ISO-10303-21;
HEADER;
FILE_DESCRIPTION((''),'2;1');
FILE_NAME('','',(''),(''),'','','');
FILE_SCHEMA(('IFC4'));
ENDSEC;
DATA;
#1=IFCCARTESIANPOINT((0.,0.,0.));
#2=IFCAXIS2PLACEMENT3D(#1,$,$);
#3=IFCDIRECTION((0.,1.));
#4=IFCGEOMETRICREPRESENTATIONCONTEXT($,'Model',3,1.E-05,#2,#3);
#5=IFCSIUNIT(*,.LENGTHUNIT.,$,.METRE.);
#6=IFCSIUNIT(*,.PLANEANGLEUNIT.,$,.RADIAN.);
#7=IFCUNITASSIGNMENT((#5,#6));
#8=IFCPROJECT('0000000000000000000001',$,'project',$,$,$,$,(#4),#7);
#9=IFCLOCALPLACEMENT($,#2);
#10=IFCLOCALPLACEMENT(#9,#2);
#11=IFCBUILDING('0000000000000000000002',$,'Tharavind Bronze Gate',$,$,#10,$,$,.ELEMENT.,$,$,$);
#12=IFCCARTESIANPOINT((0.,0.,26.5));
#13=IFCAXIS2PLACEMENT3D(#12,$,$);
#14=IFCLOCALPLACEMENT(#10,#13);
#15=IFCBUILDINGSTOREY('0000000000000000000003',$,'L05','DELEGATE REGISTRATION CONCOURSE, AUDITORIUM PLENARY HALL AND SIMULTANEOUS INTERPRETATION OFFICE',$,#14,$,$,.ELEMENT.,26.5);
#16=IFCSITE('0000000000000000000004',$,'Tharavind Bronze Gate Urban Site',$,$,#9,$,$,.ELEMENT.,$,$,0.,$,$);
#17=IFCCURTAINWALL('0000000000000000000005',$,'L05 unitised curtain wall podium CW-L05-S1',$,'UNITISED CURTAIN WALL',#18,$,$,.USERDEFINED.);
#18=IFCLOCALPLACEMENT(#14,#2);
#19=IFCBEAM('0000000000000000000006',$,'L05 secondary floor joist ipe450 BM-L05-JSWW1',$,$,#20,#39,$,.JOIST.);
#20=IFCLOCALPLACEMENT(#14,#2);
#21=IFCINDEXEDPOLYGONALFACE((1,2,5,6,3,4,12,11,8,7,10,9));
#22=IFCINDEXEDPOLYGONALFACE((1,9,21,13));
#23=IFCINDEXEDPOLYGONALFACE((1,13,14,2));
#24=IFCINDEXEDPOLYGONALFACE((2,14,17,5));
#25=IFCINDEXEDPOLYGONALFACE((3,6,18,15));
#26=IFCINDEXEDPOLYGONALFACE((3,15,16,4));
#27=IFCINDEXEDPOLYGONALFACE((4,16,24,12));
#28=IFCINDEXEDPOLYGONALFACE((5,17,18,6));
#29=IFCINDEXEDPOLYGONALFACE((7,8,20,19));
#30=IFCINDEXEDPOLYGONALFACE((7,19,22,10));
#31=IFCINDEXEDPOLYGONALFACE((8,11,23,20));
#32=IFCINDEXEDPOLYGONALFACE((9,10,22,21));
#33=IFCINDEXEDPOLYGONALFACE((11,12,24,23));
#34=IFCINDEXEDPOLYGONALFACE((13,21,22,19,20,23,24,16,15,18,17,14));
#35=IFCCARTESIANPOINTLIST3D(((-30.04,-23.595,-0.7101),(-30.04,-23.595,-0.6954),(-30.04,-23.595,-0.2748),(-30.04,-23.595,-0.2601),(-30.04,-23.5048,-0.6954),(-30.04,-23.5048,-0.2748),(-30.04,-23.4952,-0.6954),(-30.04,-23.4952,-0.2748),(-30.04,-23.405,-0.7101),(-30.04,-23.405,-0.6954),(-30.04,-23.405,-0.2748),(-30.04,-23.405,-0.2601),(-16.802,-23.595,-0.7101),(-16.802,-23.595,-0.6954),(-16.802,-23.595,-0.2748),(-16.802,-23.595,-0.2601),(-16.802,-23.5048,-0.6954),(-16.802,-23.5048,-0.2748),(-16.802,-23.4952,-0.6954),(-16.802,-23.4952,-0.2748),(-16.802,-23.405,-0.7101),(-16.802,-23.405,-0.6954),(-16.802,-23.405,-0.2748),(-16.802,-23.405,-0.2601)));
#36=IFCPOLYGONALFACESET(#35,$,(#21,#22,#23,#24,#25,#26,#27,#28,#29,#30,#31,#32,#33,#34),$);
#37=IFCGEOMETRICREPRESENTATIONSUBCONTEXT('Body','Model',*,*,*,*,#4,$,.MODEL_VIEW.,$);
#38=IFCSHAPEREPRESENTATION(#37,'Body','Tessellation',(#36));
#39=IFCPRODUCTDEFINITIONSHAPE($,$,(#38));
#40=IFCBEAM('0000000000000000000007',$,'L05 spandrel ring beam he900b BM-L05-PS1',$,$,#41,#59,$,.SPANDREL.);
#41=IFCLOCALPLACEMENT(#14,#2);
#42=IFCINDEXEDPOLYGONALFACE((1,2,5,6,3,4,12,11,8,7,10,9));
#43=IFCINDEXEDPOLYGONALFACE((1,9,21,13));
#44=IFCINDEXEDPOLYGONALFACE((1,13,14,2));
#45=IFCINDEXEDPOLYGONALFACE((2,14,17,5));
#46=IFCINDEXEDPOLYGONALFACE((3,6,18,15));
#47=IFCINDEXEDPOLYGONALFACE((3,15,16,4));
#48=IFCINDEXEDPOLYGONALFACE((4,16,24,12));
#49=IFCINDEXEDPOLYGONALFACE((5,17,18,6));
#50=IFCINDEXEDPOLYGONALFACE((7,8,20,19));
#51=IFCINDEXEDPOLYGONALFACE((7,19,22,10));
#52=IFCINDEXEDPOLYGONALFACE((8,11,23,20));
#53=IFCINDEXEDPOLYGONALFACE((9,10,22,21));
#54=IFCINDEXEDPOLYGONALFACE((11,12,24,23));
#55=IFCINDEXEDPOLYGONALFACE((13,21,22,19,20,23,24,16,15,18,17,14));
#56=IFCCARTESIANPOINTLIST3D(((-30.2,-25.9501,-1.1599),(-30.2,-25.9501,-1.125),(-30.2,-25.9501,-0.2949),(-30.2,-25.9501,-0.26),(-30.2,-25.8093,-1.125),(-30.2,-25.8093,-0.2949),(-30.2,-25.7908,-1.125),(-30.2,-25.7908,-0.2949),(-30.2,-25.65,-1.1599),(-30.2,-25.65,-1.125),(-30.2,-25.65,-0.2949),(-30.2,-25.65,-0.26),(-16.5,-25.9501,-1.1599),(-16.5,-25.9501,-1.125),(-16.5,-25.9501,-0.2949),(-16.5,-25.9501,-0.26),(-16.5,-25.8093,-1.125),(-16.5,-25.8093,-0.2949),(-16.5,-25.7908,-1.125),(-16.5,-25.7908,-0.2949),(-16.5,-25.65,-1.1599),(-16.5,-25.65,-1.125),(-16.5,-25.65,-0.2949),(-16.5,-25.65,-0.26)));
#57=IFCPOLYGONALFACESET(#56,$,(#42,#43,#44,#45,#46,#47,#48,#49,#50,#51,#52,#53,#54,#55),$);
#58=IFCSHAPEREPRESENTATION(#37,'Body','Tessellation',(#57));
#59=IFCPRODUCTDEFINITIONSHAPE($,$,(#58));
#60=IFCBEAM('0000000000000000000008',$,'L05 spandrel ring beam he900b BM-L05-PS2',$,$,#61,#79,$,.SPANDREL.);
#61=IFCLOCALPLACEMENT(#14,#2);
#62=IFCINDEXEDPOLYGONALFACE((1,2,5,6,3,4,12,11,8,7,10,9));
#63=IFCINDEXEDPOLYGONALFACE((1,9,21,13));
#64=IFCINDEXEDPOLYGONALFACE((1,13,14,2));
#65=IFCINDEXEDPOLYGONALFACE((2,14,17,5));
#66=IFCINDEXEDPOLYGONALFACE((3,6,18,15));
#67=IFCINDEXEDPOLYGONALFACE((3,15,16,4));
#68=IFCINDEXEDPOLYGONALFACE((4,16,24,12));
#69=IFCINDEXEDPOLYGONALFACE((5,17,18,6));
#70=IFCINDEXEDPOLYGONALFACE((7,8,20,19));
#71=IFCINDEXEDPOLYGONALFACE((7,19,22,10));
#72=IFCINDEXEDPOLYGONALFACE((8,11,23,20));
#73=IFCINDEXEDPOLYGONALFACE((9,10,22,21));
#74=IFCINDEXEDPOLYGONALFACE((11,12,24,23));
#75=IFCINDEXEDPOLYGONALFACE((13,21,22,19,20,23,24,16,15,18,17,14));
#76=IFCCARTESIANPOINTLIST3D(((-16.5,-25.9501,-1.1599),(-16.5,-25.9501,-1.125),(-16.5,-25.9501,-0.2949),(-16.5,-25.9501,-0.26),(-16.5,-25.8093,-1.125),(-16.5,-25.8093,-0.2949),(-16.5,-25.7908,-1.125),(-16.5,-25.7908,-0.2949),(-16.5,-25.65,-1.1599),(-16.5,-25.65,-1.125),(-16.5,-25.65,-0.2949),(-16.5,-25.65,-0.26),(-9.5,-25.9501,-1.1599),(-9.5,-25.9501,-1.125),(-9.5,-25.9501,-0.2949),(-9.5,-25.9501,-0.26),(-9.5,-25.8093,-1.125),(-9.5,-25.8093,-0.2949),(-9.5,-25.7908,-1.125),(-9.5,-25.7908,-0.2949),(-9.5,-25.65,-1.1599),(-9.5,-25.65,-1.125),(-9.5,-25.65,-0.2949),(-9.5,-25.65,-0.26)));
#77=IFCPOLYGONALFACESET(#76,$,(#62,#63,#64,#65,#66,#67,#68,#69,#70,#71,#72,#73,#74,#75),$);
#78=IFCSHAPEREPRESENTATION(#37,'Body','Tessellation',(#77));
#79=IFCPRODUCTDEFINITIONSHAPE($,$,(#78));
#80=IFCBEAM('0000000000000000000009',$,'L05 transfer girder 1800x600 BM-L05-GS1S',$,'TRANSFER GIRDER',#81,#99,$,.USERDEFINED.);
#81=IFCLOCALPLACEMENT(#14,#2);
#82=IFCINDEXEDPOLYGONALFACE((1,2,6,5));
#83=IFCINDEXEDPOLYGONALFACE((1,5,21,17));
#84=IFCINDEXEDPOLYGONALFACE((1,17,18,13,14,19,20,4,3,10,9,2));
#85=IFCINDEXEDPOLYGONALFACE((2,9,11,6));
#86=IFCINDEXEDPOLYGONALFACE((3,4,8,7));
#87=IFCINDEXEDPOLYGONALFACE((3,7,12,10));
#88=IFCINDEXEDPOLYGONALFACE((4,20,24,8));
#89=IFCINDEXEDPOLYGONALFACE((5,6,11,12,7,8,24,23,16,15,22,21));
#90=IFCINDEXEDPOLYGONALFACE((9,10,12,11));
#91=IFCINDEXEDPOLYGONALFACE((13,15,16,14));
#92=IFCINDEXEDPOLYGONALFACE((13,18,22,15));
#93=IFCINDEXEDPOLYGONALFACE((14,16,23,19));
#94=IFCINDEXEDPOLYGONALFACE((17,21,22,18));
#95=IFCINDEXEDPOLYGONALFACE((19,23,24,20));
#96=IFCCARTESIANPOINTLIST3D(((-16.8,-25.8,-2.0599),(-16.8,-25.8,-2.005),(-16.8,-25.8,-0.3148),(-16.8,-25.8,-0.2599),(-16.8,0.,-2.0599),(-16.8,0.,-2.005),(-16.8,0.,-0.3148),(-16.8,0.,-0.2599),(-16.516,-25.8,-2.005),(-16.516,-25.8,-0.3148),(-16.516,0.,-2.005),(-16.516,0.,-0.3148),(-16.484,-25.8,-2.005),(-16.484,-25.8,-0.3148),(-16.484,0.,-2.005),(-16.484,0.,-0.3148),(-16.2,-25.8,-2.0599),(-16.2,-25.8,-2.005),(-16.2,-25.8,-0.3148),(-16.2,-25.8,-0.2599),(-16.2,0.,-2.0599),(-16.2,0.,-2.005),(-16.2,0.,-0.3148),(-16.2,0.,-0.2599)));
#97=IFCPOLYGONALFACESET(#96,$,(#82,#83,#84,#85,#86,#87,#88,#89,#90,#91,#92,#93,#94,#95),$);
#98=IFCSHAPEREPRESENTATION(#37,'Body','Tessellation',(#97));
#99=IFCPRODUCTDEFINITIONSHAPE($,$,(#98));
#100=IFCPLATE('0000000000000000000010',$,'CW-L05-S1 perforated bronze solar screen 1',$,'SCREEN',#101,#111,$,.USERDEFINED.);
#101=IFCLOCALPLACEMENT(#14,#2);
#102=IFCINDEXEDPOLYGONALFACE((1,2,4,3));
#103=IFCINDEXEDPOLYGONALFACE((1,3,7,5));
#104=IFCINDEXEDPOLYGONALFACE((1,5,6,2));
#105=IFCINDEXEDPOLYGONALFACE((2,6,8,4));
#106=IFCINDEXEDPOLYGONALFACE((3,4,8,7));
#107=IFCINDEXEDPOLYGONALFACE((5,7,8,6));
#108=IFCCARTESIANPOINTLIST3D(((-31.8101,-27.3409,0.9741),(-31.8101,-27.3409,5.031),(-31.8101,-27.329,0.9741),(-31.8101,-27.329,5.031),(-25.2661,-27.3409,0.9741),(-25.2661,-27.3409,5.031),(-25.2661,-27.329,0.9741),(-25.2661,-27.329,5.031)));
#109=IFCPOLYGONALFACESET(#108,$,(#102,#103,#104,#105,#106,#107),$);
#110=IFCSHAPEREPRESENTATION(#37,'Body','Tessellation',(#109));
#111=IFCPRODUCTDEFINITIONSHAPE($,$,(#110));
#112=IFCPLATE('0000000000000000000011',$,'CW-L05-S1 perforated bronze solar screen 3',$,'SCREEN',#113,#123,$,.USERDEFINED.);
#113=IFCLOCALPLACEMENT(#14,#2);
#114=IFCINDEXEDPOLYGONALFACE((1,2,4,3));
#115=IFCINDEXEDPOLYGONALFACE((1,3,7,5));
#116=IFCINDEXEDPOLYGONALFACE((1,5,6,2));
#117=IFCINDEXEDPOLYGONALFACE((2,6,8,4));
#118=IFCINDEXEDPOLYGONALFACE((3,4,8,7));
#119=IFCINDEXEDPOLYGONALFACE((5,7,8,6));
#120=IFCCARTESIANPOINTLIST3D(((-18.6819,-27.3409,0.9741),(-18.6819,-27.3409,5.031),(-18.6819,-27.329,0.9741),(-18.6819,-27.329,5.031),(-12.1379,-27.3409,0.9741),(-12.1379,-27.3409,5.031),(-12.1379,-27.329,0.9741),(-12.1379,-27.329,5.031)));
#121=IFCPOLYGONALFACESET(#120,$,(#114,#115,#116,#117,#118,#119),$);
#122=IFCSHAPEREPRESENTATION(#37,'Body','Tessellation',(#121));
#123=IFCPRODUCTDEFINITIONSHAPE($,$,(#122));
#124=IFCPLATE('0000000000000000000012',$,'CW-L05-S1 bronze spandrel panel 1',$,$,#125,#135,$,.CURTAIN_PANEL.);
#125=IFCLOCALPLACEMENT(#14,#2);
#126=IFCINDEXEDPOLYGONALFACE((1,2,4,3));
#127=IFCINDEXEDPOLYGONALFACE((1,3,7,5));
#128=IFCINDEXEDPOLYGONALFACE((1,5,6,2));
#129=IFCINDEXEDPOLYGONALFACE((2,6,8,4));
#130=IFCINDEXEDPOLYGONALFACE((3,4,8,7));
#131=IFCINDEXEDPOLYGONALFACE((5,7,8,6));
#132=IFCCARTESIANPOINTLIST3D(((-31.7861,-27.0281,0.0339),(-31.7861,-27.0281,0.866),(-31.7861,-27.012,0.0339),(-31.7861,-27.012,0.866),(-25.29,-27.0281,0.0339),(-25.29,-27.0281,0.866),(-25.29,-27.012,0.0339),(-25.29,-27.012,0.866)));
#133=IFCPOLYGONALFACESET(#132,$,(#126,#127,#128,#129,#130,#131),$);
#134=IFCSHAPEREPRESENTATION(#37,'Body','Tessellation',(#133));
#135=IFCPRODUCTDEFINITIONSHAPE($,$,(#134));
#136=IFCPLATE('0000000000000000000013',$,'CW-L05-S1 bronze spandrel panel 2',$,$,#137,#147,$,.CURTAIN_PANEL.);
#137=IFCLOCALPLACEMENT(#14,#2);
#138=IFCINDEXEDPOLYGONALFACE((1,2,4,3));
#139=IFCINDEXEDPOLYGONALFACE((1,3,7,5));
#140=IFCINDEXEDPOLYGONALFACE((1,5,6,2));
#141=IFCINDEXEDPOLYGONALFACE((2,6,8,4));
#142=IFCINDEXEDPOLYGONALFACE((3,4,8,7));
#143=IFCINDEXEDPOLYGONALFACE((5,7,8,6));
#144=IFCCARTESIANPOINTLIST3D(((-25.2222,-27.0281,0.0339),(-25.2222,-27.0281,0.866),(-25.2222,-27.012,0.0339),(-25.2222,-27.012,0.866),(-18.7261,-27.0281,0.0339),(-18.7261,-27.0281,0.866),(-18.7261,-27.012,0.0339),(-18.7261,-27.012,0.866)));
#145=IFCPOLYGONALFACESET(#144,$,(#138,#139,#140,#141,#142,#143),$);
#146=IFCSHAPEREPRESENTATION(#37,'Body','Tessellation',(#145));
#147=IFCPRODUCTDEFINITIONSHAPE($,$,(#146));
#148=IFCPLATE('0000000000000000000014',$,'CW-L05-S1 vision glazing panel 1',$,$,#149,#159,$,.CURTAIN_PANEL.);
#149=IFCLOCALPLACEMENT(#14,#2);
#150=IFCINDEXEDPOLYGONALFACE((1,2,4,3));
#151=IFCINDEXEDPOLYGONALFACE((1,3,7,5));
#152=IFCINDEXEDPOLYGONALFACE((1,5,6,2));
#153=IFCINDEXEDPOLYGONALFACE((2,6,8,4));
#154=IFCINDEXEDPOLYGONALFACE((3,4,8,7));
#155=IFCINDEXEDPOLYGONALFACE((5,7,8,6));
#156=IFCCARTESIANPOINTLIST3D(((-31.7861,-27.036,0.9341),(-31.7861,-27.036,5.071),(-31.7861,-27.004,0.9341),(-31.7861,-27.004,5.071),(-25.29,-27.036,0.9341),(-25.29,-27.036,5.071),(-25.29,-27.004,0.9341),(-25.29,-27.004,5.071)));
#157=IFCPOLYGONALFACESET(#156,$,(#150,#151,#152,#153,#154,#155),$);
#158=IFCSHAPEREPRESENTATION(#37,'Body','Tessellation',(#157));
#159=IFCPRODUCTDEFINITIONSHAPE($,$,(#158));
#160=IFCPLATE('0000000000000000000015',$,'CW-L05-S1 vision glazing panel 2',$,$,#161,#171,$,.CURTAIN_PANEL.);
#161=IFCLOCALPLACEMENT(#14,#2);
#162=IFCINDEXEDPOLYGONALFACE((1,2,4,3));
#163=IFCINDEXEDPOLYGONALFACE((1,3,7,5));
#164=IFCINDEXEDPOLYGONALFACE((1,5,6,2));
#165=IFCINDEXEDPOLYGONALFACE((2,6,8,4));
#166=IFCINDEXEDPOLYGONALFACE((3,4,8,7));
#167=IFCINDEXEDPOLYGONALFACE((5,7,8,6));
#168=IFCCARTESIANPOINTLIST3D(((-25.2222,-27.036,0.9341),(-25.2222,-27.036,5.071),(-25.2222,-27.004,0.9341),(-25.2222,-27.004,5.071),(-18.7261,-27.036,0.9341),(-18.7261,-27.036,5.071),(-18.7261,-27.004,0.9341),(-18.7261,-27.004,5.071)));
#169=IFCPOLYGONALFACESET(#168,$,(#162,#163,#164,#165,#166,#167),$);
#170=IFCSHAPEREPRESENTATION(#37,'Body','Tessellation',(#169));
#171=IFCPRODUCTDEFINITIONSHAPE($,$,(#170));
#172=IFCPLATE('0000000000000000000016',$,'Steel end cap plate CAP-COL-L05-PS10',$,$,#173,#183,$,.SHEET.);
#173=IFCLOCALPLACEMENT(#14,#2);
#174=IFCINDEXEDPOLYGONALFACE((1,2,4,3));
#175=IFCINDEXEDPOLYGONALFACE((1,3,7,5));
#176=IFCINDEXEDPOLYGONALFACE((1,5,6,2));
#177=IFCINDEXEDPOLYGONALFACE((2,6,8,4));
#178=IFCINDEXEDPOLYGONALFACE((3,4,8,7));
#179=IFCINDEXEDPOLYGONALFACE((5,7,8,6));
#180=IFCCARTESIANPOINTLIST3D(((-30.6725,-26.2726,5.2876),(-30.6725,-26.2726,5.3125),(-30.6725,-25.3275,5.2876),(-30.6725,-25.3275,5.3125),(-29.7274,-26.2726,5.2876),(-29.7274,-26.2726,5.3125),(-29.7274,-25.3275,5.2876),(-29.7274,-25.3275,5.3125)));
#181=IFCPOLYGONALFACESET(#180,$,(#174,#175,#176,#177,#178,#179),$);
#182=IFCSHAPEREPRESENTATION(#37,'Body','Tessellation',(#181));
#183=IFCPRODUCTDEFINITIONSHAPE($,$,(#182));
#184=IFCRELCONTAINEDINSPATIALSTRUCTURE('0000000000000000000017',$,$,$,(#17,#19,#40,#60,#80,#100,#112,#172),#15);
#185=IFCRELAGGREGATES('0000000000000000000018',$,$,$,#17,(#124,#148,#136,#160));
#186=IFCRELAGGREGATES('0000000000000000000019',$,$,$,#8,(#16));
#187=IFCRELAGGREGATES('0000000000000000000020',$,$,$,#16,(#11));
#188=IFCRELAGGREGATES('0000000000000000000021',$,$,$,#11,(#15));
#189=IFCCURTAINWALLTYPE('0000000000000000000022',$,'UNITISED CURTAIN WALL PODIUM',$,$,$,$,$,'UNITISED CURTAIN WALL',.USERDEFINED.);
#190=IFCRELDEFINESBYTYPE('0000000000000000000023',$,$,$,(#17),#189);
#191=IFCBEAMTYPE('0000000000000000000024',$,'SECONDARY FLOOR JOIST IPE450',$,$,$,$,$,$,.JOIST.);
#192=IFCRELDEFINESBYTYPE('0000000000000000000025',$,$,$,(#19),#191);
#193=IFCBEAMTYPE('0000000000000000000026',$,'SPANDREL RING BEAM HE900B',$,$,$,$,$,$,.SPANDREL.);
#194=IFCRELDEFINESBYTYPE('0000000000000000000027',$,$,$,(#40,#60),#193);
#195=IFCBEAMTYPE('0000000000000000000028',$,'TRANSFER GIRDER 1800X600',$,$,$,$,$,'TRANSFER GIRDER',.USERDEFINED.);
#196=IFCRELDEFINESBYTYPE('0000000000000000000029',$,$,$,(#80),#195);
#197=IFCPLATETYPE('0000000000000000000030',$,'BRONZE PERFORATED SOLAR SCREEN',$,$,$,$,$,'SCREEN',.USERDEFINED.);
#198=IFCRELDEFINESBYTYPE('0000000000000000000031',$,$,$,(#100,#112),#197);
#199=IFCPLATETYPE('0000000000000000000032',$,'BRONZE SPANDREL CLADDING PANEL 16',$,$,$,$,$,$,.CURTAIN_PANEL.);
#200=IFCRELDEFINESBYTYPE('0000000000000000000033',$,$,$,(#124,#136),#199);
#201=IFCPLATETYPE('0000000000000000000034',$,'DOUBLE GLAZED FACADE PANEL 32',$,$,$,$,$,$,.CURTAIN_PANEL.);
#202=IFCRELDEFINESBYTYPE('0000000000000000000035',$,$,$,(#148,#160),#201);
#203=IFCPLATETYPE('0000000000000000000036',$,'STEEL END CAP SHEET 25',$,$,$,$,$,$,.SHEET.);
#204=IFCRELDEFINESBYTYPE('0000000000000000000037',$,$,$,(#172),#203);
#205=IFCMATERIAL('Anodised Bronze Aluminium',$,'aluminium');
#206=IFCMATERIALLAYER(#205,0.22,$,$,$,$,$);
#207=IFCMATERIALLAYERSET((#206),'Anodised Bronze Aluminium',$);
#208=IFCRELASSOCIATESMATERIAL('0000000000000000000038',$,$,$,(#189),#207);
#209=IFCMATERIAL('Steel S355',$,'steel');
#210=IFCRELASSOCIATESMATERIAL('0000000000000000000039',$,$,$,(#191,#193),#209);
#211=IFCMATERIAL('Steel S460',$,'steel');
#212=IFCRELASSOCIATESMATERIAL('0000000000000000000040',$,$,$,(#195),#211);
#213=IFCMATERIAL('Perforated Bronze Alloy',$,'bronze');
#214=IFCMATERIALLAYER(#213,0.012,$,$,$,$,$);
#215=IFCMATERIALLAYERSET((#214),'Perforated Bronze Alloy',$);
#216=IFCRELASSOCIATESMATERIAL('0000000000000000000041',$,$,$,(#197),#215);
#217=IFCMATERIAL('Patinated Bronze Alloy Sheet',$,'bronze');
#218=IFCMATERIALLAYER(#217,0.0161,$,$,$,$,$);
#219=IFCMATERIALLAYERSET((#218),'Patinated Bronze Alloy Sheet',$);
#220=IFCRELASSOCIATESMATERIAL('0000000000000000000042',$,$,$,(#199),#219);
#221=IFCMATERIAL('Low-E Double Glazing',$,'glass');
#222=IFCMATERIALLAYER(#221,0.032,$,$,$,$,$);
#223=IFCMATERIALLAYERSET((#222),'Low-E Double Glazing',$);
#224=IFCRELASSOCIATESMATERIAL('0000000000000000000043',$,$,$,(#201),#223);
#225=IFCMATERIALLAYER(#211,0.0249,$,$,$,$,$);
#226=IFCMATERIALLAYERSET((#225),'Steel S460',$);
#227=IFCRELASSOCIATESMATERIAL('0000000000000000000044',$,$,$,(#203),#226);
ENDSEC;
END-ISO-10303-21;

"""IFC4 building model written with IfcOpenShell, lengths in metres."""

from ifc_helpers import new_model, si_unit, direction, frame, origin, origin_2d, place, context, subcontext, project, spatial, rectangle, i_section, extrude, material, layer, layer_set, material_profile, profile_set, type_object, element, aggregate, save


model = new_model("IFC4")

# Units and contexts
model_context = context("Model", 3, precision=1e-05, world=origin(), true_north=direction((0.0, 1.0)))
body_context = subcontext(model_context, "Body", "Model", "MODEL_VIEW")
ifc_project = project(units=[si_unit("LENGTHUNIT", "METRE"), si_unit("PLANEANGLEUNIT", "RADIAN")], contexts=[model_context])

# Site, building, storey
site_placement = place(None, origin())
site = spatial("IfcSite", under=ifc_project, at=site_placement, Name="Tharavind Bronze Gate Urban Site", CompositionType="ELEMENT", RefElevation=0.0)
building_placement = place(site_placement, origin())
building = spatial("IfcBuilding", under=site, at=building_placement, Name="Tharavind Bronze Gate", CompositionType="ELEMENT")
storey_placement = place(building_placement, frame((0.0, 0.0, 26.5)))
storey = spatial("IfcBuildingStorey", under=building, at=storey_placement, Name="L05", Description="DELEGATE REGISTRATION CONCOURSE, AUDITORIUM PLENARY HALL AND SIMULTANEOUS INTERPRETATION OFFICE", CompositionType="ELEMENT", Elevation=26.5)

# Shared definitions
ifc_material_1 = material(Name="Steel S460", Category="steel")

# Curtain wall
ifc_material_2 = material(Name="Anodised Bronze Aluminium", Category="aluminium")
ifc_layer_1 = layer(ifc_material_2, 0.22)
ifc_layer_set_1 = layer_set([ifc_layer_1], Name="Anodised Bronze Aluminium")
curtain_wall_type = type_object("IfcCurtainWallType", Name="UNITISED CURTAIN WALL PODIUM", ElementType="UNITISED CURTAIN WALL", PredefinedType="USERDEFINED", material=ifc_layer_set_1)
curtain_wall_placement = place(storey_placement, origin())
curtain_wall = element("IfcCurtainWall", 1, at=curtain_wall_placement, inside=storey, type_object=curtain_wall_type, Name="L05 unitised curtain wall podium CW-L05-S1", ObjectType="UNITISED CURTAIN WALL", PredefinedType="USERDEFINED")

# Beams
ifc_material_3 = material(Name="Steel S355", Category="steel")
ifc_material_profile_1 = material_profile(ifc_material_3, i_section(OverallWidth=0.1899, OverallDepth=0.45, WebThickness=0.0095, FlangeThickness=0.0146, at=origin_2d()), Name="IPE450")
ifc_profile_set_1 = profile_set([ifc_material_profile_1], Name="Steel S355")
beam_type_1 = type_object("IfcBeamType", Name="SECONDARY FLOOR JOIST IPE450", PredefinedType="JOIST", material=ifc_profile_set_1)
beam_1_placement = place(storey_placement, frame((-30.04, -23.5, -0.4851), z_axis=(1.0, 0.0, 0.0), x_axis=(0.0, 1.0, 0.0)))
element("IfcBeam", 2, at=beam_1_placement, inside=storey, type_object=beam_type_1, Name="L05 secondary floor joist ipe450 BM-L05-JSWW1", PredefinedType="JOIST", context=body_context, shape_type="SweptSolid", body=[
    extrude(i_section(OverallWidth=0.1899, OverallDepth=0.45, WebThickness=0.0095, FlangeThickness=0.0146, at=origin_2d()), origin(), (0.0, 0.0, 1.0), 13.238),
])
ifc_material_profile_2 = material_profile(ifc_material_3, i_section(OverallWidth=0.3, OverallDepth=0.8999, WebThickness=0.0186, FlangeThickness=0.0349, at=origin_2d()), Name="HE900B")
ifc_profile_set_2 = profile_set([ifc_material_profile_2], Name="Steel S355")
beam_type_2 = type_object("IfcBeamType", Name="SPANDREL RING BEAM HE900B", PredefinedType="SPANDREL", material=ifc_profile_set_2)
beam_2_placement = place(storey_placement, frame((-30.2, -25.8, -0.71), z_axis=(1.0, 0.0, 0.0), x_axis=(0.0, 1.0, 0.0)))
element("IfcBeam", 3, at=beam_2_placement, inside=storey, type_object=beam_type_2, Name="L05 spandrel ring beam he900b BM-L05-PS1", PredefinedType="SPANDREL", context=body_context, shape_type="SweptSolid", body=[
    extrude(i_section(OverallWidth=0.3, OverallDepth=0.8999, WebThickness=0.0186, FlangeThickness=0.0349, at=origin_2d()), origin(), (0.0, 0.0, 1.0), 13.7),
])
beam_3_placement = place(storey_placement, frame((-16.5, -25.8, -0.71), z_axis=(1.0, 0.0, 0.0), x_axis=(0.0, 1.0, 0.0)))
element("IfcBeam", 4, at=beam_3_placement, inside=storey, type_object=beam_type_2, Name="L05 spandrel ring beam he900b BM-L05-PS2", PredefinedType="SPANDREL", context=body_context, shape_type="SweptSolid", body=[
    extrude(i_section(OverallWidth=0.3, OverallDepth=0.8999, WebThickness=0.0186, FlangeThickness=0.0349, at=origin_2d()), origin(), (0.0, 0.0, 1.0), 7.0),
])
ifc_material_profile_3 = material_profile(ifc_material_1, i_section(OverallWidth=0.6001, OverallDepth=1.8, WebThickness=0.032, FlangeThickness=0.0549, at=origin_2d()), Name="PG1800X600")
ifc_profile_set_3 = profile_set([ifc_material_profile_3], Name="Steel S460")
beam_type_3 = type_object("IfcBeamType", Name="TRANSFER GIRDER 1800X600", ElementType="TRANSFER GIRDER", PredefinedType="USERDEFINED", material=ifc_profile_set_3)
beam_4_placement = place(storey_placement, frame((-16.5, -25.8, -1.1599), z_axis=(0.0, 1.0, 0.0), x_axis=(-1.0, 0.0, 0.0)))
element("IfcBeam", 5, at=beam_4_placement, inside=storey, type_object=beam_type_3, Name="L05 transfer girder 1800x600 BM-L05-GS1S", ObjectType="TRANSFER GIRDER", PredefinedType="USERDEFINED", context=body_context, shape_type="SweptSolid", body=[
    extrude(i_section(OverallWidth=0.6001, OverallDepth=1.8, WebThickness=0.032, FlangeThickness=0.0549, at=origin_2d()), origin(), (0.0, 0.0, 1.0), 25.8),
])

# Plates
ifc_material_4 = material(Name="Perforated Bronze Alloy", Category="bronze")
ifc_layer_2 = layer(ifc_material_4, 0.012)
ifc_layer_set_2 = layer_set([ifc_layer_2], Name="Perforated Bronze Alloy")
plate_type_1 = type_object("IfcPlateType", Name="BRONZE PERFORATED SOLAR SCREEN", ElementType="SCREEN", PredefinedType="USERDEFINED", material=ifc_layer_set_2)
for number, where, z_axis, x_axis, name in (
    (6, (-28.5381, -27.335, 0.9741), (0.0, 0.0, 1.0), (1.0, 0.0, 0.0), "CW-L05-S1 perforated bronze solar screen 1"),
    (7, (-15.4099, -27.335, 0.9741), (0.0, 0.0, 1.0), (1.0, 0.0, 0.0), "CW-L05-S1 perforated bronze solar screen 3"),
):
    element("IfcPlate", number, at=place(storey_placement, frame(where, z_axis=z_axis, x_axis=x_axis)), inside=storey, type_object=plate_type_1, Name=name, ObjectType="SCREEN", PredefinedType="USERDEFINED", context=body_context, shape_type="SweptSolid", body=[
        extrude(rectangle(XDim=6.5439, YDim=0.012, at=origin_2d()), origin(), (0.0, 0.0, 1.0), 4.0569),
    ])

# Plates
ifc_material_5 = material(Name="Patinated Bronze Alloy Sheet", Category="bronze")
ifc_layer_3 = layer(ifc_material_5, 0.0161)
ifc_layer_set_3 = layer_set([ifc_layer_3], Name="Patinated Bronze Alloy Sheet")
plate_type_2 = type_object("IfcPlateType", Name="BRONZE SPANDREL CLADDING PANEL 16", PredefinedType="CURTAIN_PANEL", material=ifc_layer_set_3)
plate_1_placement = place(storey_placement, frame((-28.5381, -27.02, 0.0339), z_axis=(0.0, 0.0, 1.0), x_axis=(1.0, 0.0, 0.0)))
plate_1 = element("IfcPlate", 8, at=plate_1_placement, type_object=plate_type_2, Name="CW-L05-S1 bronze spandrel panel 1", PredefinedType="CURTAIN_PANEL", context=body_context, shape_type="SweptSolid", body=[
    extrude(rectangle(XDim=6.4961, YDim=0.0161, at=origin_2d()), origin(), (0.0, 0.0, 1.0), 0.832),
])
plate_2_placement = place(storey_placement, frame((-21.9741, -27.02, 0.0339), z_axis=(0.0, 0.0, 1.0), x_axis=(1.0, 0.0, 0.0)))
plate_2 = element("IfcPlate", 9, at=plate_2_placement, type_object=plate_type_2, Name="CW-L05-S1 bronze spandrel panel 2", PredefinedType="CURTAIN_PANEL", context=body_context, shape_type="SweptSolid", body=[
    extrude(rectangle(XDim=6.4961, YDim=0.0161, at=origin_2d()), origin(), (0.0, 0.0, 1.0), 0.832),
])
ifc_material_6 = material(Name="Low-E Double Glazing", Category="glass")
ifc_layer_4 = layer(ifc_material_6, 0.032)
ifc_layer_set_4 = layer_set([ifc_layer_4], Name="Low-E Double Glazing")
plate_type_3 = type_object("IfcPlateType", Name="DOUBLE GLAZED FACADE PANEL 32", PredefinedType="CURTAIN_PANEL", material=ifc_layer_set_4)
plate_3_placement = place(storey_placement, frame((-28.5381, -27.02, 0.9341), z_axis=(0.0, 0.0, 1.0), x_axis=(1.0, 0.0, 0.0)))
plate_3 = element("IfcPlate", 10, at=plate_3_placement, type_object=plate_type_3, Name="CW-L05-S1 vision glazing panel 1", PredefinedType="CURTAIN_PANEL", context=body_context, shape_type="SweptSolid", body=[
    extrude(rectangle(XDim=6.4961, YDim=0.032, at=origin_2d()), origin(), (0.0, 0.0, 1.0), 4.137),
])
plate_4_placement = place(storey_placement, frame((-21.9741, -27.02, 0.9341), z_axis=(0.0, 0.0, 1.0), x_axis=(1.0, 0.0, 0.0)))
plate_4 = element("IfcPlate", 11, at=plate_4_placement, type_object=plate_type_3, Name="CW-L05-S1 vision glazing panel 2", PredefinedType="CURTAIN_PANEL", context=body_context, shape_type="SweptSolid", body=[
    extrude(rectangle(XDim=6.4961, YDim=0.032, at=origin_2d()), origin(), (0.0, 0.0, 1.0), 4.137),
])
aggregate(curtain_wall, [plate_1, plate_3, plate_2, plate_4])

# Plate
ifc_layer_5 = layer(ifc_material_1, 0.0249)
ifc_layer_set_5 = layer_set([ifc_layer_5], Name="Steel S460")
plate_type_4 = type_object("IfcPlateType", Name="STEEL END CAP SHEET 25", PredefinedType="SHEET", material=ifc_layer_set_5)
for number, where, z_axis, x_axis, name in (
    (12, (-30.2, -25.8, 5.2876), (0.0, 0.0, 1.0), (1.0, 0.0, 0.0), "Steel end cap plate CAP-COL-L05-PS10"),
):
    element("IfcPlate", number, at=place(storey_placement, frame(where, z_axis=z_axis, x_axis=x_axis)), inside=storey, type_object=plate_type_4, Name=name, PredefinedType="SHEET", context=body_context, shape_type="SweptSolid", body=[
        extrude(rectangle(XDim=0.9451, YDim=0.9451, at=origin_2d()), origin(), (0.0, 0.0, 1.0), 0.0249),
    ])

save(model, "model.ifc")
